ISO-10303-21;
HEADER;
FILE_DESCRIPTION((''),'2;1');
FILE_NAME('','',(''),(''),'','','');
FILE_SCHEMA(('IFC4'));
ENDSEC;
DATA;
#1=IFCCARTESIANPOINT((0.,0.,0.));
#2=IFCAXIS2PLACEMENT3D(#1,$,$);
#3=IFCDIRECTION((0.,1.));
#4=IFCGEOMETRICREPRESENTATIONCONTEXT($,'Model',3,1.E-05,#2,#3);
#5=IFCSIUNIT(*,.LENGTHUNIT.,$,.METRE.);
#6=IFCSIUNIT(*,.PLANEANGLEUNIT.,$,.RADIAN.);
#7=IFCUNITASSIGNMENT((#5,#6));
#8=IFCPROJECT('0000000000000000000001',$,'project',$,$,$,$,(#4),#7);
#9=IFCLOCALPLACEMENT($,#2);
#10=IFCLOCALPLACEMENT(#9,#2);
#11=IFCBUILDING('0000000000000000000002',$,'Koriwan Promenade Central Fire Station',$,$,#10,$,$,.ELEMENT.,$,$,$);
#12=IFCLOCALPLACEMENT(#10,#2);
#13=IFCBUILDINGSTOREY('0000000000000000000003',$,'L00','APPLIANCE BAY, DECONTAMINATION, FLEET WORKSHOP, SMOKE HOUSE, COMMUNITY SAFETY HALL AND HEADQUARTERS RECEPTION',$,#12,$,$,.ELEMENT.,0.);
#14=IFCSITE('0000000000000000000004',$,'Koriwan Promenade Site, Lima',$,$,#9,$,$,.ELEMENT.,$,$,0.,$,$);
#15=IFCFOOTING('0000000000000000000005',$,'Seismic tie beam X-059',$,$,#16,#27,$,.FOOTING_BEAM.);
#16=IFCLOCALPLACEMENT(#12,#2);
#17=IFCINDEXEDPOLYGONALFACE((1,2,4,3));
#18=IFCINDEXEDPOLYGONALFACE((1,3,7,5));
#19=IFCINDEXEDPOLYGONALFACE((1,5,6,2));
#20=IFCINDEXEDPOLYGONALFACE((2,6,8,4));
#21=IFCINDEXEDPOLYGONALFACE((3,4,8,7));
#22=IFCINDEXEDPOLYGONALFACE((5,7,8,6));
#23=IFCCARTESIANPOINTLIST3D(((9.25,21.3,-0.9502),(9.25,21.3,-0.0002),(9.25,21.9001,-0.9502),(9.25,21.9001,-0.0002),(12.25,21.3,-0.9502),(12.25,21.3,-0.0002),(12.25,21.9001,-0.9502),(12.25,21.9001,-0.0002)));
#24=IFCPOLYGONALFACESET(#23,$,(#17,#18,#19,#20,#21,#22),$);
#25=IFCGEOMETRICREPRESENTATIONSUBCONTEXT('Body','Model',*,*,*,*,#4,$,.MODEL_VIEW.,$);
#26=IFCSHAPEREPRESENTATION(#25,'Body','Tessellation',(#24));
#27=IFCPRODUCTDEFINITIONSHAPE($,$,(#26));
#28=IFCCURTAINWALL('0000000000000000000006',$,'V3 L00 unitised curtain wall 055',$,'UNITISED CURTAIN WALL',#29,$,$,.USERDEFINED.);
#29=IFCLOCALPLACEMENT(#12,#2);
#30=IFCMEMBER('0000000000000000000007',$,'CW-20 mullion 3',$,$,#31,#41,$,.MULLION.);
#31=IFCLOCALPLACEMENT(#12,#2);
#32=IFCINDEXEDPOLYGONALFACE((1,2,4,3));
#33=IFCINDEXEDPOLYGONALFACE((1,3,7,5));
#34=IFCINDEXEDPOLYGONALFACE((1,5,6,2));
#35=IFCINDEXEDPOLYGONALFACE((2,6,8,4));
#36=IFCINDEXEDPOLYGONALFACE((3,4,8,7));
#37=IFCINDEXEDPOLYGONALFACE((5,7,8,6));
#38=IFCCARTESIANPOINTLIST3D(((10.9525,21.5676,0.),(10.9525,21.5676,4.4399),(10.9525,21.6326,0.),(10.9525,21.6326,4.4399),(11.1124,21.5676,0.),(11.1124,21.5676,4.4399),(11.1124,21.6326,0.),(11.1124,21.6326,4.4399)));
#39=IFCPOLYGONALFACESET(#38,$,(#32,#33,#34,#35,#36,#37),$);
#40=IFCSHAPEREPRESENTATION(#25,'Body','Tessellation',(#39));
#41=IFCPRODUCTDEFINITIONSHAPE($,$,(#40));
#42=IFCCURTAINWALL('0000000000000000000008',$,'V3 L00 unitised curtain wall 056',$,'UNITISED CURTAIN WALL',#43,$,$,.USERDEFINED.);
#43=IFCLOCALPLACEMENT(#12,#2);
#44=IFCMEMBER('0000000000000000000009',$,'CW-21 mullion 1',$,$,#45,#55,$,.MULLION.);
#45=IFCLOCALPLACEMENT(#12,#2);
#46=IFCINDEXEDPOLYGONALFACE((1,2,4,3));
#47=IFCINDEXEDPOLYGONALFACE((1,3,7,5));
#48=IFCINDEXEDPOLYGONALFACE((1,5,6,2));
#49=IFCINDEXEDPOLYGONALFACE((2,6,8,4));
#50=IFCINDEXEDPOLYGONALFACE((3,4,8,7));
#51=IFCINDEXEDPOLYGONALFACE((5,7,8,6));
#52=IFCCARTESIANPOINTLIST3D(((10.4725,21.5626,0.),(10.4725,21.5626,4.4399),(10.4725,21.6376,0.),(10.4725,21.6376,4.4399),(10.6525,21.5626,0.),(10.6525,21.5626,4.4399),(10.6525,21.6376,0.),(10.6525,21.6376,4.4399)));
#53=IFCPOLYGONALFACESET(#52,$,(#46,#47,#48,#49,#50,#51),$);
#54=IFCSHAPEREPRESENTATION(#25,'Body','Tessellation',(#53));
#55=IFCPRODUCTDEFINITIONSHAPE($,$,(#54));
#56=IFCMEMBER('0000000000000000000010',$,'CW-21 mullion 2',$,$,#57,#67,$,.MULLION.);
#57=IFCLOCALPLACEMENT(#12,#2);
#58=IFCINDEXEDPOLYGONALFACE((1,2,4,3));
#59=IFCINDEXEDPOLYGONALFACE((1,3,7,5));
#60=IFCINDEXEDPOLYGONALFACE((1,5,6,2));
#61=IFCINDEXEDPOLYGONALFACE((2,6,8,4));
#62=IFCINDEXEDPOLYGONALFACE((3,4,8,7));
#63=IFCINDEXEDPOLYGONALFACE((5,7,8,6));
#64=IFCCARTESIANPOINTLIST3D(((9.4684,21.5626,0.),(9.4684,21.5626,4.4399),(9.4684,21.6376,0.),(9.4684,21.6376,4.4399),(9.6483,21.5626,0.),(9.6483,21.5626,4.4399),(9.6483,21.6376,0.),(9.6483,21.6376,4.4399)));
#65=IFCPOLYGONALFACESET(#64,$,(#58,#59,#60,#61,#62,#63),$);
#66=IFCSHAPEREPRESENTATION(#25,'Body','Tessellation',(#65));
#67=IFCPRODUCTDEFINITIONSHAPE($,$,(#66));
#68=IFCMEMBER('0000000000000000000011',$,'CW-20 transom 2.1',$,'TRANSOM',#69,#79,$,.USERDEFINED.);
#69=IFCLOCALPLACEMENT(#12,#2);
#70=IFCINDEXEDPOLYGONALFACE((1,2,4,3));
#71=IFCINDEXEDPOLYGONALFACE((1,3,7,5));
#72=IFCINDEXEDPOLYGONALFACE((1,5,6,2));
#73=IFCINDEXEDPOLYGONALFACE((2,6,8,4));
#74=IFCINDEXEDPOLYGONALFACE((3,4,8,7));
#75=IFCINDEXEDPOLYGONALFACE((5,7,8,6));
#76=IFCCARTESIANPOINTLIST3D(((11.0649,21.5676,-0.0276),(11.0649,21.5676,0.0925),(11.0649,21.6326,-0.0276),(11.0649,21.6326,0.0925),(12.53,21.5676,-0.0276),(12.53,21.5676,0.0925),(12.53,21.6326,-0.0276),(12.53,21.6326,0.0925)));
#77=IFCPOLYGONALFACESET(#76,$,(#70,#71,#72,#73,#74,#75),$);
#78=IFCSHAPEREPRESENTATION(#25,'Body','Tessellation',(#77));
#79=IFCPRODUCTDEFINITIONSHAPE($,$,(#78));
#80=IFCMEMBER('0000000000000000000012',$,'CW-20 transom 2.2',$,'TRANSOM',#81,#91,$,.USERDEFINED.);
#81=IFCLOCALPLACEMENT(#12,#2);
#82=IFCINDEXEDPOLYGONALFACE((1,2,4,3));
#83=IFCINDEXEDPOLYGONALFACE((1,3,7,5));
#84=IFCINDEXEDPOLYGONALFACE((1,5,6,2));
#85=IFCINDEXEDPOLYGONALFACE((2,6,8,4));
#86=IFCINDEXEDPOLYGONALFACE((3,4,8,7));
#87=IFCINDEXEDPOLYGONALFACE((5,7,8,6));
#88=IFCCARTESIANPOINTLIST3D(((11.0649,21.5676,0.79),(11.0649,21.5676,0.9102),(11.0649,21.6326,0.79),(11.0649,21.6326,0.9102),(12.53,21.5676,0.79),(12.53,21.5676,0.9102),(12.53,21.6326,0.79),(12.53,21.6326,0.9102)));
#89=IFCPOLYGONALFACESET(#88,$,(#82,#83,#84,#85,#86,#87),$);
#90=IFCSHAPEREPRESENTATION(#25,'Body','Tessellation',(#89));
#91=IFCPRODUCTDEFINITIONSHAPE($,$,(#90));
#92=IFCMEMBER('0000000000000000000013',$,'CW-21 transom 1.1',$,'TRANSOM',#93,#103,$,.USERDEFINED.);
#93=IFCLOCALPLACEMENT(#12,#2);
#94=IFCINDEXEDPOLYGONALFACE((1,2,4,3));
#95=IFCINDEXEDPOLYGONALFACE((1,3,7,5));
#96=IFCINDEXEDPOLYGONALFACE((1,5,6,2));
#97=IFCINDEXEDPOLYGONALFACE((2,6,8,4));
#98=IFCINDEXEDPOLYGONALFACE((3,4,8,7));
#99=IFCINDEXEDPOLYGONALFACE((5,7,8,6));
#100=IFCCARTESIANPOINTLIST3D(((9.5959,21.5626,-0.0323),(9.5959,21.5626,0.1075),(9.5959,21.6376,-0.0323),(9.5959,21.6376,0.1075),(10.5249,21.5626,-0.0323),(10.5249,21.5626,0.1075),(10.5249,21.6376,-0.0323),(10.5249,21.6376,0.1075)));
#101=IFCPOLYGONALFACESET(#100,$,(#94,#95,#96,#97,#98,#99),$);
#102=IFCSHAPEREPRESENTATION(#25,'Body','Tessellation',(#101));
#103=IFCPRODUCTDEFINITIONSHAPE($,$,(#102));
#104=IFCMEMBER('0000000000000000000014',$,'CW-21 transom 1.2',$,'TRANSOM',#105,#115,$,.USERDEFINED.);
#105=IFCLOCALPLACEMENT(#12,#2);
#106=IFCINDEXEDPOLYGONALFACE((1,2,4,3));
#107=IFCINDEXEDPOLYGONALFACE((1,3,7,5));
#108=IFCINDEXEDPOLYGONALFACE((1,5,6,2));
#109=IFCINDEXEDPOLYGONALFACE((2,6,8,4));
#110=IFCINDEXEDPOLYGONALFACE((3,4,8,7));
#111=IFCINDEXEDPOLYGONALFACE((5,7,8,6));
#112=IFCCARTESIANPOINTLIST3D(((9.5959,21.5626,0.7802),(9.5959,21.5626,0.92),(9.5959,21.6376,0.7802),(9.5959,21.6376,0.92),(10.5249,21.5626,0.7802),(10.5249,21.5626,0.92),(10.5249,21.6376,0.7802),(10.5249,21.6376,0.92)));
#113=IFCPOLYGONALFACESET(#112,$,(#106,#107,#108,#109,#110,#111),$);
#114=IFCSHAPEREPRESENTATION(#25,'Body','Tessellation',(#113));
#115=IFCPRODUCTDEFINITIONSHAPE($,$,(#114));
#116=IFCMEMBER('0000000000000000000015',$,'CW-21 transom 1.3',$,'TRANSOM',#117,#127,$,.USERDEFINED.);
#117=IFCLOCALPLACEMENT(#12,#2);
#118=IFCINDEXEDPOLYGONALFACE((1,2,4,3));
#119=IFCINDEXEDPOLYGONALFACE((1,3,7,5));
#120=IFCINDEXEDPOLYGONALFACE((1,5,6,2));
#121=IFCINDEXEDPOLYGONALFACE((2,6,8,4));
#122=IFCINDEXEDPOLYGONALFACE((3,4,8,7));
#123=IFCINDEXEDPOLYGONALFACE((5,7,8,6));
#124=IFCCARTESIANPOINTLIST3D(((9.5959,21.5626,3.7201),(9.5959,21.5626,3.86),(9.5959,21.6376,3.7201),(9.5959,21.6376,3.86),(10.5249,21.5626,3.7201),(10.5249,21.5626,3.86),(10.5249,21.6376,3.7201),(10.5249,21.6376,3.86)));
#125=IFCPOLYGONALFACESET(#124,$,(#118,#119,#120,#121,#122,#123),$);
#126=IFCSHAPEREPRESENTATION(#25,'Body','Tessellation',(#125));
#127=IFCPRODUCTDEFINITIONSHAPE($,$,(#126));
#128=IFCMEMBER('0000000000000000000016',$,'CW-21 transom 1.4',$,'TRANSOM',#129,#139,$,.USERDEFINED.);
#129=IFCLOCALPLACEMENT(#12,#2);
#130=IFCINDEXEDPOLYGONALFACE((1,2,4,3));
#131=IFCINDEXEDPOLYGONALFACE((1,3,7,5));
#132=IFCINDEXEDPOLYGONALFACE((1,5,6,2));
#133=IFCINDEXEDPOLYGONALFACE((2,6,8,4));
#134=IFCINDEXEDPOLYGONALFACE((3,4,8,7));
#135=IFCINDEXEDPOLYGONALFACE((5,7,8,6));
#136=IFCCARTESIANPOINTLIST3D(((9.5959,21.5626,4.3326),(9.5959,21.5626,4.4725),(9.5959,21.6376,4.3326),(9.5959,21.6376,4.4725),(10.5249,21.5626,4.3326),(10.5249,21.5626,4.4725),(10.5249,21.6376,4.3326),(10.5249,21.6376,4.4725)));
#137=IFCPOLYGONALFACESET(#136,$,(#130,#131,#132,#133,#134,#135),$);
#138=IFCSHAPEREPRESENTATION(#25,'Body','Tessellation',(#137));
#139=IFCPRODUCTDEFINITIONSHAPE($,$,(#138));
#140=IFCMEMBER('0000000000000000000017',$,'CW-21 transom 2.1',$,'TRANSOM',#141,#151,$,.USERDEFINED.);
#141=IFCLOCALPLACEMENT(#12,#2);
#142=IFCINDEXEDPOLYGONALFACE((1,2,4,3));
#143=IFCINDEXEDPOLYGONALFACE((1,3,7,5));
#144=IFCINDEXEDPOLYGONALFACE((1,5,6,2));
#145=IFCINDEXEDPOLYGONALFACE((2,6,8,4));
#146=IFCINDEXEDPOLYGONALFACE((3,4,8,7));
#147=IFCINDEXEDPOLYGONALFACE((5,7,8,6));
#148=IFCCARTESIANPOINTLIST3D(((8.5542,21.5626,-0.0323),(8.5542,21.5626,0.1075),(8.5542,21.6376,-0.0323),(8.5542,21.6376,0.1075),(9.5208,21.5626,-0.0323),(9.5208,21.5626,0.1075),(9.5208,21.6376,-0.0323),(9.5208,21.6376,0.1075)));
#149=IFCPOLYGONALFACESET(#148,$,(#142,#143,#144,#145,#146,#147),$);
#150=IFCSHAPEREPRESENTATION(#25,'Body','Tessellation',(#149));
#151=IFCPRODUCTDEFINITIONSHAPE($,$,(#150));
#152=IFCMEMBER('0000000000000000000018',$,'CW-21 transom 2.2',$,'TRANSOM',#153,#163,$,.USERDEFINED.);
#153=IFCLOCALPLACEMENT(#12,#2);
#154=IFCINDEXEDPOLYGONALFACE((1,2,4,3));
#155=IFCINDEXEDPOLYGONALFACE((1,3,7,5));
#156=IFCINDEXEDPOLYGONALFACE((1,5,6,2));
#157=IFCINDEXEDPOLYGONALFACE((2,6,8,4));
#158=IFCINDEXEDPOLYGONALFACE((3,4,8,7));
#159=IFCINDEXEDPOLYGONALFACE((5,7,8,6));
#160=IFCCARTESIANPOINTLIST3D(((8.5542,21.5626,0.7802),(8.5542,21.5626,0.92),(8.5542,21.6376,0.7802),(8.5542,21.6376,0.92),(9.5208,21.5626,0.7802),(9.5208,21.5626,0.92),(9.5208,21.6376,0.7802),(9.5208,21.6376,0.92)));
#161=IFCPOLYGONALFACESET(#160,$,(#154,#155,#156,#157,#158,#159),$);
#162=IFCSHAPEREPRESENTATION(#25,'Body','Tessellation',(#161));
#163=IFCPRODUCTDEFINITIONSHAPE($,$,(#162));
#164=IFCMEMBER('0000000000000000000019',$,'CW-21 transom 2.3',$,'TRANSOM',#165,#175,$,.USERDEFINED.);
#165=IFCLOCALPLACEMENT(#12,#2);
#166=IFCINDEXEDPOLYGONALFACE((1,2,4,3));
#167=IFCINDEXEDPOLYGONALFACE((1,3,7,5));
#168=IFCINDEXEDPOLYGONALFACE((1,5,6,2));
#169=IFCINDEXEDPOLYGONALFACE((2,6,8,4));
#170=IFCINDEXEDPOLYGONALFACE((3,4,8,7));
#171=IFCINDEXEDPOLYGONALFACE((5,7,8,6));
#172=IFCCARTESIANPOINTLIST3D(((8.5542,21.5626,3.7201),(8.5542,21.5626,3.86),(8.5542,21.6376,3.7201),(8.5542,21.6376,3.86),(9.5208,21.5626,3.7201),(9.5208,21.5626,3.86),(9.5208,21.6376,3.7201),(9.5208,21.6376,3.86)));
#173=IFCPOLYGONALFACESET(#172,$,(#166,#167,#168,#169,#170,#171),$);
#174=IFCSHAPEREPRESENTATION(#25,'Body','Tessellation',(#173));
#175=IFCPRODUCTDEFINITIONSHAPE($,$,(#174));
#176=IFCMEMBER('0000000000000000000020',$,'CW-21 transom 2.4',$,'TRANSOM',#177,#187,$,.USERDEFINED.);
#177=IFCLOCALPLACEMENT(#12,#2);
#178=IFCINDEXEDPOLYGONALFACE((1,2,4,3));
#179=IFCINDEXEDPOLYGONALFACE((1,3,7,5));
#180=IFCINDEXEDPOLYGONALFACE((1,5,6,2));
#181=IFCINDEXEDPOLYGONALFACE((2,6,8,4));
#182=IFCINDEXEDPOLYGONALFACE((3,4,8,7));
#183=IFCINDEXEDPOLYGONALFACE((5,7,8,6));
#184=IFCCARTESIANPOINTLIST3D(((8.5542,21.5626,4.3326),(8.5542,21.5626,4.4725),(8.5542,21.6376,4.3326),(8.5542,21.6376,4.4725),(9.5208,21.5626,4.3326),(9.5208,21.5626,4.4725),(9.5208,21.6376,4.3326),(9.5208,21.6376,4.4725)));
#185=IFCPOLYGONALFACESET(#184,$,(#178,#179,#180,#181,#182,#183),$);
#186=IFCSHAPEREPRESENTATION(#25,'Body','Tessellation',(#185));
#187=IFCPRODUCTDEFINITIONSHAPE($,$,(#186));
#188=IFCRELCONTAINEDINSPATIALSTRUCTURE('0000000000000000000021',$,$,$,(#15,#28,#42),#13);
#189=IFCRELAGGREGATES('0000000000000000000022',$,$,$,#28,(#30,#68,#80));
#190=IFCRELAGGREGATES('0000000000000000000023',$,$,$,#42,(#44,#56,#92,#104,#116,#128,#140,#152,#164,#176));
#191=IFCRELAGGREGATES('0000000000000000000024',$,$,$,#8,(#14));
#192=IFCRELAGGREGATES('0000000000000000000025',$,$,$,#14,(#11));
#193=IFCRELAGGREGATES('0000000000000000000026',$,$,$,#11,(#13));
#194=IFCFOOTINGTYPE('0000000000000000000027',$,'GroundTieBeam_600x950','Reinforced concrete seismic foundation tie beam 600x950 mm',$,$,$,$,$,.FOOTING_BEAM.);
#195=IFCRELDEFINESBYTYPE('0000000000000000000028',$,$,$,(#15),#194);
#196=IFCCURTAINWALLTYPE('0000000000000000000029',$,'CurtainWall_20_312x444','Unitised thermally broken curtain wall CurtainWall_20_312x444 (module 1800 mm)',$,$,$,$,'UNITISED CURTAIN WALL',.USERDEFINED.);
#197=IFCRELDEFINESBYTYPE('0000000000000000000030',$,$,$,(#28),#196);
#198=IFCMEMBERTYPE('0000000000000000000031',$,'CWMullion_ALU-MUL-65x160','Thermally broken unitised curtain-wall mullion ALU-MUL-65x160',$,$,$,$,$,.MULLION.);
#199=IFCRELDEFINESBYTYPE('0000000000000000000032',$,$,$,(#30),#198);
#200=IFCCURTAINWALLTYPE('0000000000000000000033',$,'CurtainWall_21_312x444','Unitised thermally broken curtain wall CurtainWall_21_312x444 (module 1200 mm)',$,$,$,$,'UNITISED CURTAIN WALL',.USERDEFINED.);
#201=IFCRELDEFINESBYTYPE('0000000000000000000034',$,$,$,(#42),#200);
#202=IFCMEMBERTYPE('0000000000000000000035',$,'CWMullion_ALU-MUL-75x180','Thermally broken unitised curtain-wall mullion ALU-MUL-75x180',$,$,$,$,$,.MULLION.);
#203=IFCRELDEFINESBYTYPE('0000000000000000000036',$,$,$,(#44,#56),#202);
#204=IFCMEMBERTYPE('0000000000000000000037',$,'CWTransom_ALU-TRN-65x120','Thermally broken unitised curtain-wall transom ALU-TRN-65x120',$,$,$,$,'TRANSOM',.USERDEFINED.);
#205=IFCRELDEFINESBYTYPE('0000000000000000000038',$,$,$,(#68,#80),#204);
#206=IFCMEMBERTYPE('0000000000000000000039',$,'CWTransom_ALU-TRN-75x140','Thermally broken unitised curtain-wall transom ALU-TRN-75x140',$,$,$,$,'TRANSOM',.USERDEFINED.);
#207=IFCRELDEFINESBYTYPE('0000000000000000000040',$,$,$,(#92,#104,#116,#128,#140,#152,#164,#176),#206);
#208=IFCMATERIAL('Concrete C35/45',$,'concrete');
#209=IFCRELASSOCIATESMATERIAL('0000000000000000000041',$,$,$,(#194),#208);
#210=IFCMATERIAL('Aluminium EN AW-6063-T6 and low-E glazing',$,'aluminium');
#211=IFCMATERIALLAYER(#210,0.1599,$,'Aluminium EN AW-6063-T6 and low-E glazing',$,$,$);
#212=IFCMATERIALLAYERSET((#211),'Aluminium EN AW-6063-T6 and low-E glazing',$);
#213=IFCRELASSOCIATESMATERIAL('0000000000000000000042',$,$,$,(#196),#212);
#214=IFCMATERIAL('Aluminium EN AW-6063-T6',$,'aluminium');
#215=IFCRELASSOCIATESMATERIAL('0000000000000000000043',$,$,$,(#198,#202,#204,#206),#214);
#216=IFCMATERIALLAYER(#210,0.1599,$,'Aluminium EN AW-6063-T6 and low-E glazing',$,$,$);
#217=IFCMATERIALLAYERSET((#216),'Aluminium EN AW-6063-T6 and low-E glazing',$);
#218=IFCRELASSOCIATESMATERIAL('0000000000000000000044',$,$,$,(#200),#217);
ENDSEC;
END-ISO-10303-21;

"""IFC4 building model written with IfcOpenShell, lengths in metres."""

from ifc_helpers import new_model, si_unit, direction, frame, origin, origin_2d, place, context, subcontext, project, spatial, rectangle, extrude, material, layer, layer_set, material_profile, profile_set, type_object, element, aggregate, save


model = new_model("IFC4")

# Units and contexts
model_context = context("Model", 3, precision=1e-05, world=origin(), true_north=direction((0.0, 1.0)))
body_context = subcontext(model_context, "Body", "Model", "MODEL_VIEW")
ifc_project = project(units=[si_unit("LENGTHUNIT", "METRE"), si_unit("PLANEANGLEUNIT", "RADIAN")], contexts=[model_context])

# Site, building, storey
site_placement = place(None, origin())
site = spatial("IfcSite", under=ifc_project, at=site_placement, Name="Koriwan Promenade Site, Lima", CompositionType="ELEMENT", RefElevation=0.0)
building_placement = place(site_placement, origin())
building = spatial("IfcBuilding", under=site, at=building_placement, Name="Koriwan Promenade Central Fire Station", CompositionType="ELEMENT")
storey_placement = place(building_placement, origin())
storey = spatial("IfcBuildingStorey", under=building, at=storey_placement, Name="L00", Description="APPLIANCE BAY, DECONTAMINATION, FLEET WORKSHOP, SMOKE HOUSE, COMMUNITY SAFETY HALL AND HEADQUARTERS RECEPTION", CompositionType="ELEMENT", Elevation=0.0)

# Shared definitions
ifc_material_1 = material(Name="Concrete C35/45", Category="concrete")

# Footing
footing_type_1 = type_object("IfcFootingType", Name="GroundTieBeam_600x950", Description="Reinforced concrete seismic foundation tie beam 600x950 mm", PredefinedType="FOOTING_BEAM", material=ifc_material_1)
footing_1_placement = place(storey_placement, frame((10.75, 21.6001, -0.9502), z_axis=(0.0, 0.0, 1.0), x_axis=(1.0, 0.0, 0.0)))
element("IfcFooting", 1, at=footing_1_placement, inside=storey, type_object=footing_type_1, Name="Seismic tie beam X-059", PredefinedType="FOOTING_BEAM", context=body_context, shape_type="SweptSolid", body=[
    extrude(rectangle(XDim=3.0, YDim=0.6001, at=origin_2d()), origin(), (0.0, 0.0, 1.0), 0.95),
])

# Curtain wall, member
ifc_material_2 = material(Name="Aluminium EN AW-6063-T6 and low-E glazing", Category="aluminium")
ifc_layer_1 = layer(ifc_material_2, 0.1599, Name="Aluminium EN AW-6063-T6 and low-E glazing")
ifc_layer_set_1 = layer_set([ifc_layer_1], Name="Aluminium EN AW-6063-T6 and low-E glazing")
curtain_wall_type_1 = type_object("IfcCurtainWallType", Name="CurtainWall_20_312x444", Description="Unitised thermally broken curtain wall CurtainWall_20_312x444 (module 1800 mm)", ElementType="UNITISED CURTAIN WALL", PredefinedType="USERDEFINED", material=ifc_layer_set_1)
curtain_wall_1_placement = place(storey_placement, origin())
curtain_wall_1 = element("IfcCurtainWall", 2, at=curtain_wall_1_placement, inside=storey, type_object=curtain_wall_type_1, Name="V3 L00 unitised curtain wall 055", ObjectType="UNITISED CURTAIN WALL", PredefinedType="USERDEFINED")
ifc_material_3 = material(Name="Aluminium EN AW-6063-T6", Category="aluminium")
ifc_material_profile_1 = material_profile(ifc_material_3, rectangle(XDim=0.0649, YDim=0.1599, at=origin_2d()), Name="ALU-MUL-65x160")
ifc_profile_set_1 = profile_set([ifc_material_profile_1], Name="Aluminium EN AW-6063-T6")
member_type_1 = type_object("IfcMemberType", Name="CWMullion_ALU-MUL-65x160", Description="Thermally broken unitised curtain-wall mullion ALU-MUL-65x160", PredefinedType="MULLION", material=ifc_profile_set_1)
member_1_placement = place(storey_placement, frame((11.0325, 21.6001, 0.0), z_axis=(0.0, 0.0, 1.0), x_axis=(0.0, -1.0, 0.0)))
member_1 = element("IfcMember", 3, at=member_1_placement, type_object=member_type_1, Name="CW-20 mullion 3", PredefinedType="MULLION", context=body_context, shape_type="SweptSolid", body=[
    extrude(rectangle(XDim=0.0649, YDim=0.1599, at=origin_2d()), origin(), (0.0, 0.0, 1.0), 4.4399),
])

# Curtain wall, members
ifc_layer_2 = layer(ifc_material_2, 0.1599, Name="Aluminium EN AW-6063-T6 and low-E glazing")
ifc_layer_set_2 = layer_set([ifc_layer_2], Name="Aluminium EN AW-6063-T6 and low-E glazing")
curtain_wall_type_2 = type_object("IfcCurtainWallType", Name="CurtainWall_21_312x444", Description="Unitised thermally broken curtain wall CurtainWall_21_312x444 (module 1200 mm)", ElementType="UNITISED CURTAIN WALL", PredefinedType="USERDEFINED", material=ifc_layer_set_2)
curtain_wall_2_placement = place(storey_placement, origin())
curtain_wall_2 = element("IfcCurtainWall", 4, at=curtain_wall_2_placement, inside=storey, type_object=curtain_wall_type_2, Name="V3 L00 unitised curtain wall 056", ObjectType="UNITISED CURTAIN WALL", PredefinedType="USERDEFINED")
ifc_material_profile_2 = material_profile(ifc_material_3, rectangle(XDim=0.075, YDim=0.1799, at=origin_2d()), Name="ALU-MUL-75x180")
ifc_profile_set_2 = profile_set([ifc_material_profile_2], Name="Aluminium EN AW-6063-T6")
member_type_2 = type_object("IfcMemberType", Name="CWMullion_ALU-MUL-75x180", Description="Thermally broken unitised curtain-wall mullion ALU-MUL-75x180", PredefinedType="MULLION", material=ifc_profile_set_2)
member_2_placement = place(storey_placement, frame((10.5625, 21.6001, 0.0), z_axis=(0.0, 0.0, 1.0), x_axis=(0.0, -1.0, 0.0)))
member_2 = element("IfcMember", 5, at=member_2_placement, type_object=member_type_2, Name="CW-21 mullion 1", PredefinedType="MULLION", context=body_context, shape_type="SweptSolid", body=[
    extrude(rectangle(XDim=0.075, YDim=0.1799, at=origin_2d()), origin(), (0.0, 0.0, 1.0), 4.4399),
])
member_3_placement = place(storey_placement, frame((9.5583, 21.6001, 0.0), z_axis=(0.0, 0.0, 1.0), x_axis=(0.0, -1.0, 0.0)))
member_3 = element("IfcMember", 6, at=member_3_placement, type_object=member_type_2, Name="CW-21 mullion 2", PredefinedType="MULLION", context=body_context, shape_type="SweptSolid", body=[
    extrude(rectangle(XDim=0.075, YDim=0.1799, at=origin_2d()), origin(), (0.0, 0.0, 1.0), 4.4399),
])

# Members
ifc_material_profile_3 = material_profile(ifc_material_3, rectangle(XDim=0.0649, YDim=0.1201, at=origin_2d()), Name="ALU-TRN-65x120")
ifc_profile_set_3 = profile_set([ifc_material_profile_3], Name="Aluminium EN AW-6063-T6")
member_type_3 = type_object("IfcMemberType", Name="CWTransom_ALU-TRN-65x120", Description="Thermally broken unitised curtain-wall transom ALU-TRN-65x120", ElementType="TRANSOM", PredefinedType="USERDEFINED", material=ifc_profile_set_3)
member_4_placement = place(storey_placement, frame((12.53, 21.6001, 0.0325), z_axis=(-1.0, 0.0, 0.0), x_axis=(0.0, -1.0, 0.0)))
member_4 = element("IfcMember", 7, at=member_4_placement, type_object=member_type_3, Name="CW-20 transom 2.1", ObjectType="TRANSOM", PredefinedType="USERDEFINED", context=body_context, shape_type="SweptSolid", body=[
    extrude(rectangle(XDim=0.0649, YDim=0.1201, at=origin_2d()), origin(), (0.0, 0.0, 1.0), 1.4651),
])
member_5_placement = place(storey_placement, frame((12.53, 21.6001, 0.8501), z_axis=(-1.0, 0.0, 0.0), x_axis=(0.0, -1.0, 0.0)))
member_5 = element("IfcMember", 8, at=member_5_placement, type_object=member_type_3, Name="CW-20 transom 2.2", ObjectType="TRANSOM", PredefinedType="USERDEFINED", context=body_context, shape_type="SweptSolid", body=[
    extrude(rectangle(XDim=0.0649, YDim=0.1201, at=origin_2d()), origin(), (0.0, 0.0, 1.0), 1.4651),
])
ifc_material_profile_4 = material_profile(ifc_material_3, rectangle(XDim=0.075, YDim=0.1399, at=origin_2d()), Name="ALU-TRN-75x140")
ifc_profile_set_4 = profile_set([ifc_material_profile_4], Name="Aluminium EN AW-6063-T6")
member_type_4 = type_object("IfcMemberType", Name="CWTransom_ALU-TRN-75x140", Description="Thermally broken unitised curtain-wall transom ALU-TRN-75x140", ElementType="TRANSOM", PredefinedType="USERDEFINED", material=ifc_profile_set_4)
member_6_placement = place(storey_placement, frame((10.5249, 21.6001, 0.0376), z_axis=(-1.0, 0.0, 0.0), x_axis=(0.0, -1.0, 0.0)))
member_6 = element("IfcMember", 9, at=member_6_placement, type_object=member_type_4, Name="CW-21 transom 1.1", ObjectType="TRANSOM", PredefinedType="USERDEFINED", context=body_context, shape_type="SweptSolid", body=[
    extrude(rectangle(XDim=0.075, YDim=0.1399, at=origin_2d()), origin(), (0.0, 0.0, 1.0), 0.929),
])
member_7_placement = place(storey_placement, frame((10.5249, 21.6001, 0.8501), z_axis=(-1.0, 0.0, 0.0), x_axis=(0.0, -1.0, 0.0)))
member_7 = element("IfcMember", 10, at=member_7_placement, type_object=member_type_4, Name="CW-21 transom 1.2", ObjectType="TRANSOM", PredefinedType="USERDEFINED", context=body_context, shape_type="SweptSolid", body=[
    extrude(rectangle(XDim=0.075, YDim=0.1399, at=origin_2d()), origin(), (0.0, 0.0, 1.0), 0.929),
])
member_8_placement = place(storey_placement, frame((10.5249, 21.6001, 3.79), z_axis=(-1.0, 0.0, 0.0), x_axis=(0.0, -1.0, 0.0)))
member_8 = element("IfcMember", 11, at=member_8_placement, type_object=member_type_4, Name="CW-21 transom 1.3", ObjectType="TRANSOM", PredefinedType="USERDEFINED", context=body_context, shape_type="SweptSolid", body=[
    extrude(rectangle(XDim=0.075, YDim=0.1399, at=origin_2d()), origin(), (0.0, 0.0, 1.0), 0.929),
])
member_9_placement = place(storey_placement, frame((10.5249, 21.6001, 4.4026), z_axis=(-1.0, 0.0, 0.0), x_axis=(0.0, -1.0, 0.0)))
member_9 = element("IfcMember", 12, at=member_9_placement, type_object=member_type_4, Name="CW-21 transom 1.4", ObjectType="TRANSOM", PredefinedType="USERDEFINED", context=body_context, shape_type="SweptSolid", body=[
    extrude(rectangle(XDim=0.075, YDim=0.1399, at=origin_2d()), origin(), (0.0, 0.0, 1.0), 0.929),
])
member_10_placement = place(storey_placement, frame((9.5208, 21.6001, 0.0376), z_axis=(-1.0, 0.0, 0.0), x_axis=(0.0, -1.0, 0.0)))
member_10 = element("IfcMember", 13, at=member_10_placement, type_object=member_type_4, Name="CW-21 transom 2.1", ObjectType="TRANSOM", PredefinedType="USERDEFINED", context=body_context, shape_type="SweptSolid", body=[
    extrude(rectangle(XDim=0.075, YDim=0.1399, at=origin_2d()), origin(), (0.0, 0.0, 1.0), 0.9666),
])
member_11_placement = place(storey_placement, frame((9.5208, 21.6001, 0.8501), z_axis=(-1.0, 0.0, 0.0), x_axis=(0.0, -1.0, 0.0)))
member_11 = element("IfcMember", 14, at=member_11_placement, type_object=member_type_4, Name="CW-21 transom 2.2", ObjectType="TRANSOM", PredefinedType="USERDEFINED", context=body_context, shape_type="SweptSolid", body=[
    extrude(rectangle(XDim=0.075, YDim=0.1399, at=origin_2d()), origin(), (0.0, 0.0, 1.0), 0.9666),
])
member_12_placement = place(storey_placement, frame((9.5208, 21.6001, 3.79), z_axis=(-1.0, 0.0, 0.0), x_axis=(0.0, -1.0, 0.0)))
member_12 = element("IfcMember", 15, at=member_12_placement, type_object=member_type_4, Name="CW-21 transom 2.3", ObjectType="TRANSOM", PredefinedType="USERDEFINED", context=body_context, shape_type="SweptSolid", body=[
    extrude(rectangle(XDim=0.075, YDim=0.1399, at=origin_2d()), origin(), (0.0, 0.0, 1.0), 0.9666),
])
member_13_placement = place(storey_placement, frame((9.5208, 21.6001, 4.4026), z_axis=(-1.0, 0.0, 0.0), x_axis=(0.0, -1.0, 0.0)))
member_13 = element("IfcMember", 16, at=member_13_placement, type_object=member_type_4, Name="CW-21 transom 2.4", ObjectType="TRANSOM", PredefinedType="USERDEFINED", context=body_context, shape_type="SweptSolid", body=[
    extrude(rectangle(XDim=0.075, YDim=0.1399, at=origin_2d()), origin(), (0.0, 0.0, 1.0), 0.9666),
])

aggregate(curtain_wall_1, [member_1, member_4, member_5])
aggregate(curtain_wall_2, [member_2, member_3, member_6, member_7, member_8, member_9, member_10, member_11, member_12, member_13])

save(model, "model.ifc")
